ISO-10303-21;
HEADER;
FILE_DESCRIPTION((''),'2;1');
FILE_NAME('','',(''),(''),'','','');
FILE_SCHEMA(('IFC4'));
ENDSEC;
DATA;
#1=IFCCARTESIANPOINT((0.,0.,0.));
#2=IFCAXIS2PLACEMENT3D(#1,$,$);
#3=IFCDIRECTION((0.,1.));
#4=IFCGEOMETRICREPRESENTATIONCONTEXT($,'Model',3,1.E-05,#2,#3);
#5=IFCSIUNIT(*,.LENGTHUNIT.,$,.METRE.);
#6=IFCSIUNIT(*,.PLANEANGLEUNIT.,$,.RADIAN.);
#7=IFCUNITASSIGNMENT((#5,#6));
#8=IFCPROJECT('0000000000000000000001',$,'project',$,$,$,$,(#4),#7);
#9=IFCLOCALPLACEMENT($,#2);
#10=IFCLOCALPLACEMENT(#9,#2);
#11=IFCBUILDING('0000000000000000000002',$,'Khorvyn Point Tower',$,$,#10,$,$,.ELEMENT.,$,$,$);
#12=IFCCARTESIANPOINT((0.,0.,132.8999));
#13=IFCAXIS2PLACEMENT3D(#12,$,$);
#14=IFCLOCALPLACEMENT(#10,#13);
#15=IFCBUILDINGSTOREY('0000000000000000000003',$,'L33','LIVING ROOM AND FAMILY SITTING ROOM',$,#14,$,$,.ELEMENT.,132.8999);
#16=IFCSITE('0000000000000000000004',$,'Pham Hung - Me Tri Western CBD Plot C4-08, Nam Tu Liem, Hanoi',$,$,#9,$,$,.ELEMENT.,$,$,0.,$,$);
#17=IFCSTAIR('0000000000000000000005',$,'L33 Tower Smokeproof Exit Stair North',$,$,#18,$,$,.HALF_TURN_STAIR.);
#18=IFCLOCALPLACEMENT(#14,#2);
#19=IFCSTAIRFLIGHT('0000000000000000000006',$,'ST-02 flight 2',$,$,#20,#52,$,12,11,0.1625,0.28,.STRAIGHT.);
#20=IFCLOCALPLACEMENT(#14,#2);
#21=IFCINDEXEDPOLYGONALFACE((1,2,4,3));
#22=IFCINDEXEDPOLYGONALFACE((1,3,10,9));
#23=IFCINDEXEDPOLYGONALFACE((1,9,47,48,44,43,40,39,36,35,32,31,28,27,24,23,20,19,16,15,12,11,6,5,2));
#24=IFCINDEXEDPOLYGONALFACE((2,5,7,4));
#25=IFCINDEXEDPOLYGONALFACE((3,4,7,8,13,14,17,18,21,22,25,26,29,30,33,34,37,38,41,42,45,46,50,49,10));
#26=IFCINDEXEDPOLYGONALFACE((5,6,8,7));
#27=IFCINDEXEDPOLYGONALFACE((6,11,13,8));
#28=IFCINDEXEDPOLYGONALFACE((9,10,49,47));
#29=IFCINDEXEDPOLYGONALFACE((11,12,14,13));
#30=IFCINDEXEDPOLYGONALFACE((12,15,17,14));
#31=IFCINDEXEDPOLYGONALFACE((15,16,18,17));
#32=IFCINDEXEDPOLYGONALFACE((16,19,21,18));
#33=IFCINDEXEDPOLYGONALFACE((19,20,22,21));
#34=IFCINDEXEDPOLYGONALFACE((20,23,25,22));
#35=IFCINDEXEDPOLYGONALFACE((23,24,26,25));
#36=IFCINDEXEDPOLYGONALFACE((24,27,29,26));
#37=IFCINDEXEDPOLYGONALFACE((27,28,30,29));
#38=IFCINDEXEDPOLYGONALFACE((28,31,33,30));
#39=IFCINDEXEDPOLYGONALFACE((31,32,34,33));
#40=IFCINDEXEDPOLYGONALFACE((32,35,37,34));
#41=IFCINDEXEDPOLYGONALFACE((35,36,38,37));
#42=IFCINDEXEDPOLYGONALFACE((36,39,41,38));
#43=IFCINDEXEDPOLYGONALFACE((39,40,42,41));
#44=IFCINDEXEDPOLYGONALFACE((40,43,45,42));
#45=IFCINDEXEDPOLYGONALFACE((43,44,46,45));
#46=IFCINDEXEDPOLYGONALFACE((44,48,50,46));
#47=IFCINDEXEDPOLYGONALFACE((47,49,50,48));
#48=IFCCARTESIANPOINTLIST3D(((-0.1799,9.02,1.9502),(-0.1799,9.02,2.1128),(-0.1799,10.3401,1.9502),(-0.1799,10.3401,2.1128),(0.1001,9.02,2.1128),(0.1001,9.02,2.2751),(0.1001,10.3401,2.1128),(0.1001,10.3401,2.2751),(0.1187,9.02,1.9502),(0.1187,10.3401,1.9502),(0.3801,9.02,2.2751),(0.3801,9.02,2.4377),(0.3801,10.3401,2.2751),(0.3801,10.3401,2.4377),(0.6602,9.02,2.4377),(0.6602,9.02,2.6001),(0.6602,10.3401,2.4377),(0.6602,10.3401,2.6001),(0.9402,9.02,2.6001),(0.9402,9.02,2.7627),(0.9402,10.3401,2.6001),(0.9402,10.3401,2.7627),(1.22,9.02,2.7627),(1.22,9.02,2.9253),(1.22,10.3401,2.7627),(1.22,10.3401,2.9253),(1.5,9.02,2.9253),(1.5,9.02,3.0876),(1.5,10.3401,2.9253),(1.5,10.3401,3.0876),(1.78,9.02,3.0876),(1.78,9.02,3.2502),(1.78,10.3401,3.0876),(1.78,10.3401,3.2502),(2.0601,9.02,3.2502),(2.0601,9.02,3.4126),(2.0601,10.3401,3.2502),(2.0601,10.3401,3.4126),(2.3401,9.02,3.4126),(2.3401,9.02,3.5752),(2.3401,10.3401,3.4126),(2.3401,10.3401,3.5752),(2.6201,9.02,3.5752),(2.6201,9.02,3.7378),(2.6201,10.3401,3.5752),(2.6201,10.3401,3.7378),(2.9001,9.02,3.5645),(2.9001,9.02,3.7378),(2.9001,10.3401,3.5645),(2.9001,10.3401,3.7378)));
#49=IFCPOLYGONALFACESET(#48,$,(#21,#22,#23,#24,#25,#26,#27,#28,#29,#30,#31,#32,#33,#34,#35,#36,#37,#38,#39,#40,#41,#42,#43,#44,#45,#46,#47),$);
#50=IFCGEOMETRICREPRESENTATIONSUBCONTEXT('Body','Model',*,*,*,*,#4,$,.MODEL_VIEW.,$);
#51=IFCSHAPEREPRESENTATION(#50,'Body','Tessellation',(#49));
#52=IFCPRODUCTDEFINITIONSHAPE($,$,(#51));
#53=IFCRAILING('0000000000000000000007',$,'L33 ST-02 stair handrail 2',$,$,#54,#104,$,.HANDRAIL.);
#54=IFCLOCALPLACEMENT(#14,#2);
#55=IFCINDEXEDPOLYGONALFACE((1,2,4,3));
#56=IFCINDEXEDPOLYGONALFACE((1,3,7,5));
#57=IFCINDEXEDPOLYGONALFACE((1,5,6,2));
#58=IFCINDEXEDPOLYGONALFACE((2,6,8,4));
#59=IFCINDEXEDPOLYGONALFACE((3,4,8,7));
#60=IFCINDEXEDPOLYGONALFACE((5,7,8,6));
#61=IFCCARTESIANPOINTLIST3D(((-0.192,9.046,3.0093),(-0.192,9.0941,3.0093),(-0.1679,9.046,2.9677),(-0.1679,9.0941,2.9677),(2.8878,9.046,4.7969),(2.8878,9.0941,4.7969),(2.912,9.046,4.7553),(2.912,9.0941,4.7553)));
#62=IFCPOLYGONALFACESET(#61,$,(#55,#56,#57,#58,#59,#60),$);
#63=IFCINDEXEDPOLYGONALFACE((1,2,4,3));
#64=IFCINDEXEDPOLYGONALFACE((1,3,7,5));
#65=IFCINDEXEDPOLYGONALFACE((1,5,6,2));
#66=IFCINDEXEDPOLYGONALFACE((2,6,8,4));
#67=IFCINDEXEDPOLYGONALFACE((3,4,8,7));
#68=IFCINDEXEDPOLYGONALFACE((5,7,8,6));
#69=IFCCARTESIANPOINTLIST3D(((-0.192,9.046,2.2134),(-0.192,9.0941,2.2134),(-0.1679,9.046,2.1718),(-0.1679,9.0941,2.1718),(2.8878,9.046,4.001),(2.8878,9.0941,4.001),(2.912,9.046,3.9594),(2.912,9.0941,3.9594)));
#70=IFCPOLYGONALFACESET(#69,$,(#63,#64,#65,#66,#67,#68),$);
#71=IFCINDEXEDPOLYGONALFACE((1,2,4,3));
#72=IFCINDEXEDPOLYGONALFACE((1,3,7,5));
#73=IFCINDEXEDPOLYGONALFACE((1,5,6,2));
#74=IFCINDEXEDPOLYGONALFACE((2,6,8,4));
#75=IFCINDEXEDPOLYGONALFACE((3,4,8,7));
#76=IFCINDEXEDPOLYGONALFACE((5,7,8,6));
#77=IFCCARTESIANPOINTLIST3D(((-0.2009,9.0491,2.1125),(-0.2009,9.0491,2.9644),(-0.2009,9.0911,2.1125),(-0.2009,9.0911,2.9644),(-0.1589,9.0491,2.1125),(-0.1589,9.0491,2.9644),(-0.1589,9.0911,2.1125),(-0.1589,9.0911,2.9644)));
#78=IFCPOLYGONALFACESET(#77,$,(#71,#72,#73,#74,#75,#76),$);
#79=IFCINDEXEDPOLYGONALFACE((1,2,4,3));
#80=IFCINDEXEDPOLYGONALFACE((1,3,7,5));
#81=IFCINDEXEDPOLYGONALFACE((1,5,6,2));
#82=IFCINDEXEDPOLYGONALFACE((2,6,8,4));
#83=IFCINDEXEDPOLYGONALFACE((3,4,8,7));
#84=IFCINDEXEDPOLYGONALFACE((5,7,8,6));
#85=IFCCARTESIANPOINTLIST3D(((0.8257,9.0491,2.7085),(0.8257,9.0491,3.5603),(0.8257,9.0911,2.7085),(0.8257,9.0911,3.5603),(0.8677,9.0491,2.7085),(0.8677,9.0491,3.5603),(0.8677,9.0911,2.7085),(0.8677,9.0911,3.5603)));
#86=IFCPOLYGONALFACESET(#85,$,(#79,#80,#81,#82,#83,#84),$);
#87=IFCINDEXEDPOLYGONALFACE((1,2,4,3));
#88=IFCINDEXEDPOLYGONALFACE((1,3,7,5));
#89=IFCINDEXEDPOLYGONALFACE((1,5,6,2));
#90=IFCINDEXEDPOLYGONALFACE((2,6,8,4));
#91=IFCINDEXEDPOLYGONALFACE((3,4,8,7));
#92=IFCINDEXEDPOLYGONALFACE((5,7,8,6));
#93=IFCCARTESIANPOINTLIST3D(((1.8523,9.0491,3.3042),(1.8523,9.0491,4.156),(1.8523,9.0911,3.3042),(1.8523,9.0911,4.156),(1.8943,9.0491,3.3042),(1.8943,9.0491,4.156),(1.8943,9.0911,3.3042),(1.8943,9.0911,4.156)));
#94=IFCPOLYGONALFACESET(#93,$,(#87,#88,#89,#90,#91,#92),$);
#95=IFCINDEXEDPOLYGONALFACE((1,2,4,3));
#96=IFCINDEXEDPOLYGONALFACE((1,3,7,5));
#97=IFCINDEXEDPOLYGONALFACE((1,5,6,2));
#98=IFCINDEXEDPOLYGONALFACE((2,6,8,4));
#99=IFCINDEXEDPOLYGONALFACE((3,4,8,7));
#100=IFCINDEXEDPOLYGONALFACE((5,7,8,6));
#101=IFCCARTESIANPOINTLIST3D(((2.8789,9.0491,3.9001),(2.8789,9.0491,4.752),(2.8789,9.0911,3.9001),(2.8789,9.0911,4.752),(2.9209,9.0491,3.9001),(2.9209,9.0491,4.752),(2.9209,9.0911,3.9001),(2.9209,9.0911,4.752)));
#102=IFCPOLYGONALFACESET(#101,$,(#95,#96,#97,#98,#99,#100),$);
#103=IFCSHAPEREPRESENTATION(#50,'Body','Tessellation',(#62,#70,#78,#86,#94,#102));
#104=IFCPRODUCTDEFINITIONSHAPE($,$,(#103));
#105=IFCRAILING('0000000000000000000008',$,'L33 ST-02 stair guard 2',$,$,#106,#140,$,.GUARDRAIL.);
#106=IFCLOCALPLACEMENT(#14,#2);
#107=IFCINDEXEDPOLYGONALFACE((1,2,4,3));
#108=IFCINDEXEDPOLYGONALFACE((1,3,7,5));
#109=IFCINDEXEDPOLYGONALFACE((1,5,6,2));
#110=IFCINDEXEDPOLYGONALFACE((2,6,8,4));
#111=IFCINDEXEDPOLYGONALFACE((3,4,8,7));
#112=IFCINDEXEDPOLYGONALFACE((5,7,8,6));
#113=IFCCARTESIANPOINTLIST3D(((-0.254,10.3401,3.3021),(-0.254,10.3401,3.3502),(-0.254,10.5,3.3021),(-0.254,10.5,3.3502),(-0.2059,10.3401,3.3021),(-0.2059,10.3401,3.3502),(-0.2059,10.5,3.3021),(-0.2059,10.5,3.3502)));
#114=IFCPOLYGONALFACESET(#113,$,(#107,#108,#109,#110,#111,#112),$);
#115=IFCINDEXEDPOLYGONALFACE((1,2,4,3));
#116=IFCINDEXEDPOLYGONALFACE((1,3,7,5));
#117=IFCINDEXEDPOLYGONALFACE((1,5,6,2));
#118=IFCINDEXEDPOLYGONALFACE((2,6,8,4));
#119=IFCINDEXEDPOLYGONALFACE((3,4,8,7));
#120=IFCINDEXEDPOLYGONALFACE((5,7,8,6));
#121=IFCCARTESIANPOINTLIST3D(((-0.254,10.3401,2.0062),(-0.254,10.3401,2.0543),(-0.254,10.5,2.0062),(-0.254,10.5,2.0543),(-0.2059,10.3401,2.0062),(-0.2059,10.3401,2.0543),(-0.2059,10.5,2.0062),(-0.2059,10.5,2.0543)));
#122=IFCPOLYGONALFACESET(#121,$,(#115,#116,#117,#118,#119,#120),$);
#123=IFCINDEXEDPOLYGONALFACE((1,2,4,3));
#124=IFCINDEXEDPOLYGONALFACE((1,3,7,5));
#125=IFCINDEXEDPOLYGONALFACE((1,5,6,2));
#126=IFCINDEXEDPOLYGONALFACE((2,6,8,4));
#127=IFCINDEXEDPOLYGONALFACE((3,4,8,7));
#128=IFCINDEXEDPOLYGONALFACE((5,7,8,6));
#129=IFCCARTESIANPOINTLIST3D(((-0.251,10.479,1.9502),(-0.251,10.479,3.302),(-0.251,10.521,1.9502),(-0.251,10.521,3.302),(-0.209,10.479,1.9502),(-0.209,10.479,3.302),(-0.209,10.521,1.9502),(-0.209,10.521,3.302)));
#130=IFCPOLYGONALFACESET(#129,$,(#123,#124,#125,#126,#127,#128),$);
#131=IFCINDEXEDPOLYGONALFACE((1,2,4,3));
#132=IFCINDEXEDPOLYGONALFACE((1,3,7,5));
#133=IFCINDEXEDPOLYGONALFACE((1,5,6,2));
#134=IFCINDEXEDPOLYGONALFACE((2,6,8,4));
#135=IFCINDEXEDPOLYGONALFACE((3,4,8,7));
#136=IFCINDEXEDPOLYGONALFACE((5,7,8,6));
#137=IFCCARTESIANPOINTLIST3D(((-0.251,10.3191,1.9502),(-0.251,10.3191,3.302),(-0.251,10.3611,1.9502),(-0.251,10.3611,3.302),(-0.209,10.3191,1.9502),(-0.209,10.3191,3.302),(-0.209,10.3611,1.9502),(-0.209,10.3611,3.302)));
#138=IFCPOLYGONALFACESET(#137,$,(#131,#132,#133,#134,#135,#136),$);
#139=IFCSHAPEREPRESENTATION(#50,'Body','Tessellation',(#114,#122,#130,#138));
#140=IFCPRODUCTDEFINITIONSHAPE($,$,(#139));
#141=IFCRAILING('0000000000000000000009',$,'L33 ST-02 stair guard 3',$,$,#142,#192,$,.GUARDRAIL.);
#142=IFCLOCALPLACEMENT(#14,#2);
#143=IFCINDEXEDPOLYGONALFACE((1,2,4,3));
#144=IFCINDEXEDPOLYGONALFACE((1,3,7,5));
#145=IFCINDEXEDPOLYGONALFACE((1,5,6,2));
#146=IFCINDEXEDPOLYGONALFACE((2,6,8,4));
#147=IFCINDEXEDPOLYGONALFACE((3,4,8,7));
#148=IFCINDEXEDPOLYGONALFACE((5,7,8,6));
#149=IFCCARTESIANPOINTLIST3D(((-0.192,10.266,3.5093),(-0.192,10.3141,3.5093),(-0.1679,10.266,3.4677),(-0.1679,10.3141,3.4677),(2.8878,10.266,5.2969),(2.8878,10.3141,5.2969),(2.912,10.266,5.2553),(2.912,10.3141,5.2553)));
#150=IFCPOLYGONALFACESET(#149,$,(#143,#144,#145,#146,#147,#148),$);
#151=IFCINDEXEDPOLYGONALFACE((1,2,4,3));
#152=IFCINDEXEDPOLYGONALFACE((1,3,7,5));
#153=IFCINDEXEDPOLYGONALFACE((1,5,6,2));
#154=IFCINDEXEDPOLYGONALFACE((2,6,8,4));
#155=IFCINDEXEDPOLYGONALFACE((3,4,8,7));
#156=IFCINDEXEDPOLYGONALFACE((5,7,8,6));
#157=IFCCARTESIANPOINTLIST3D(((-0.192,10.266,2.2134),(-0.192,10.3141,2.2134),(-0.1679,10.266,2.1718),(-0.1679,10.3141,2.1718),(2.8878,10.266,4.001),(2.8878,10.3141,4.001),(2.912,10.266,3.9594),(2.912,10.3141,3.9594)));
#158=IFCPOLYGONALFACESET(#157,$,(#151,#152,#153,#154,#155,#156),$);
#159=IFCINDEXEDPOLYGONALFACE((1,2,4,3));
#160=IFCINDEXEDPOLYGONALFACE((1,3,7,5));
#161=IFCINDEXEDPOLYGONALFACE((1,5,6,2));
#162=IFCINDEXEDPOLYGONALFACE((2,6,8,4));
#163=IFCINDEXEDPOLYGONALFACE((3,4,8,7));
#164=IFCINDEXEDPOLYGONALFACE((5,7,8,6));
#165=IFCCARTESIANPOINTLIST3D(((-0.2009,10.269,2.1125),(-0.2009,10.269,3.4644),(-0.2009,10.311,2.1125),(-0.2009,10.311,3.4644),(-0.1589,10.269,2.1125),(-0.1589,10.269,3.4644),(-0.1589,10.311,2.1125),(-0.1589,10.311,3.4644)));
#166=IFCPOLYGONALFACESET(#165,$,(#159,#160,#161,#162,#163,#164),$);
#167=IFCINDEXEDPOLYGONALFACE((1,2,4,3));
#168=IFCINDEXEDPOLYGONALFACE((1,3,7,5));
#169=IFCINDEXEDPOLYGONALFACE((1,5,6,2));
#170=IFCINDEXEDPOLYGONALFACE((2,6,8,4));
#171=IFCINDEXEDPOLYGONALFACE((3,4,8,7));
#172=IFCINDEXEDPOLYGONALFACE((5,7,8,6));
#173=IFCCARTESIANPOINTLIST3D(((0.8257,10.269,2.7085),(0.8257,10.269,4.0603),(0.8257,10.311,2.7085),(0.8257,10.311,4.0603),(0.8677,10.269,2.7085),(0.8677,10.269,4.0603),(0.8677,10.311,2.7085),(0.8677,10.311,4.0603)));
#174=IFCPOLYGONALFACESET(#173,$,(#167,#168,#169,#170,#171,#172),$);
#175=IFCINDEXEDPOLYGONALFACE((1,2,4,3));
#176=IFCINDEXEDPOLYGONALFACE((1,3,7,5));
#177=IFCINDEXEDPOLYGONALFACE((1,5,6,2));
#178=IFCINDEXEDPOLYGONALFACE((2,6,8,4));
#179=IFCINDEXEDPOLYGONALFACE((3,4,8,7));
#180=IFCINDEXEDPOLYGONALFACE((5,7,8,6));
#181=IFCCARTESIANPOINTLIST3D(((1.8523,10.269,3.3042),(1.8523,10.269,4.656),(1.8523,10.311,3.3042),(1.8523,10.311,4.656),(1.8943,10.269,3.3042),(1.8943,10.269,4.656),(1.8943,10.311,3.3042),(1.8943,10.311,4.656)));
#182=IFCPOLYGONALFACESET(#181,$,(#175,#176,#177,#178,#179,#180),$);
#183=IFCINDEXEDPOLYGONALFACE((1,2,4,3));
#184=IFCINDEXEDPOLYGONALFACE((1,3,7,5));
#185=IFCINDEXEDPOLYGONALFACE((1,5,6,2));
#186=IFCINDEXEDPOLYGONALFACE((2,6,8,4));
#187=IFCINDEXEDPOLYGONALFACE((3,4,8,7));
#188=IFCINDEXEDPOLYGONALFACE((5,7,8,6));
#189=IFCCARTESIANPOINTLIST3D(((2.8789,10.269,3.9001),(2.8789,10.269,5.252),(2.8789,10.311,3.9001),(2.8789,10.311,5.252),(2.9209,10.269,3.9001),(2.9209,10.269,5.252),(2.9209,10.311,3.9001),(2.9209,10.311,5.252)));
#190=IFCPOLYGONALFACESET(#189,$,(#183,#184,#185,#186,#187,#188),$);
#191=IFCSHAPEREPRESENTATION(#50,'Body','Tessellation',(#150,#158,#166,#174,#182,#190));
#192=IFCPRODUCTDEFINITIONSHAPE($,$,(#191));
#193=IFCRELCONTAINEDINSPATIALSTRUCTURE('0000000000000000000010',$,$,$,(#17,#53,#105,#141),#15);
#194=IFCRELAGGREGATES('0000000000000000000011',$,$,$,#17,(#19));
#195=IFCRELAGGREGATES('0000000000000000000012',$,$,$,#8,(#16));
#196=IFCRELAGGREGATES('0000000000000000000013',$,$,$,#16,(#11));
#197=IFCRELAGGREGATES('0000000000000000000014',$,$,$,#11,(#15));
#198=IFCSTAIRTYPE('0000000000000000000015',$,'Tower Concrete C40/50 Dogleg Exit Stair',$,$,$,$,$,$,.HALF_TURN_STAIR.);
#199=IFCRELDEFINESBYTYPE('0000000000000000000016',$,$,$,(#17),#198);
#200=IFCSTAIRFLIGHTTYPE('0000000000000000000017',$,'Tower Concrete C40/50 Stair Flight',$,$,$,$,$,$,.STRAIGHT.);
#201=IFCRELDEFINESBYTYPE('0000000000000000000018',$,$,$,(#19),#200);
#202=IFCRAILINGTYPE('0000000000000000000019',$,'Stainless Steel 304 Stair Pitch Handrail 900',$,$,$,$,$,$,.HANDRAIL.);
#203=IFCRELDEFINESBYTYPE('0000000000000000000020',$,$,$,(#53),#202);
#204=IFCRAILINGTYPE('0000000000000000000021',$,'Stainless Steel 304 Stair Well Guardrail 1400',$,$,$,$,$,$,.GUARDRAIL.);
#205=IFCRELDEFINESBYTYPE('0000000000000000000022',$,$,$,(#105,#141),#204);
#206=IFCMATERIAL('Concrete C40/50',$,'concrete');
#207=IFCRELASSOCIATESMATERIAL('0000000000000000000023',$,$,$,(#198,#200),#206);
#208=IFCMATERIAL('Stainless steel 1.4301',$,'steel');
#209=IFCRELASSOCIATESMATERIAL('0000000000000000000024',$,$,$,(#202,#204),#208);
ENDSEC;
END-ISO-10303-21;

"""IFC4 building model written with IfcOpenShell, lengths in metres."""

from ifc_helpers import new_model, si_unit, direction, frame, origin, origin_2d, place, context, subcontext, project, spatial, polyline, rectangle, outline, extrude, material, type_object, element, aggregate, save


model = new_model("IFC4")

# Units and contexts
model_context = context("Model", 3, precision=1e-05, world=origin(), true_north=direction((0.0, 1.0)))
body_context = subcontext(model_context, "Body", "Model", "MODEL_VIEW")
ifc_project = project(units=[si_unit("LENGTHUNIT", "METRE"), si_unit("PLANEANGLEUNIT", "RADIAN")], contexts=[model_context])

# Site, building, storey
site_placement = place(None, origin())
site = spatial("IfcSite", under=ifc_project, at=site_placement, Name="Pham Hung - Me Tri Western CBD Plot C4-08, Nam Tu Liem, Hanoi", CompositionType="ELEMENT", RefElevation=0.0)
building_placement = place(site_placement, origin())
building = spatial("IfcBuilding", under=site, at=building_placement, Name="Khorvyn Point Tower", CompositionType="ELEMENT")
storey_placement = place(building_placement, frame((0.0, 0.0, 132.8999)))
storey = spatial("IfcBuildingStorey", under=building, at=storey_placement, Name="L33", Description="LIVING ROOM AND FAMILY SITTING ROOM", CompositionType="ELEMENT", Elevation=132.8999)

# Shared definitions
ifc_material_1 = material(Name="Concrete C40/50", Category="concrete")

# Shared definitions
ifc_material_2 = material(Name="Stainless steel 1.4301", Category="steel")

# Stair, stair flight
stair_type = type_object("IfcStairType", Name="Tower Concrete C40/50 Dogleg Exit Stair", PredefinedType="HALF_TURN_STAIR", material=ifc_material_1)
stair_placement = place(storey_placement, origin())
stair = element("IfcStair", 1, at=stair_placement, inside=storey, type_object=stair_type, Name="L33 Tower Smokeproof Exit Stair North", PredefinedType="HALF_TURN_STAIR")
stair_flight_type = type_object("IfcStairFlightType", Name="Tower Concrete C40/50 Stair Flight", PredefinedType="STRAIGHT", material=ifc_material_1)
stair_flight_placement = place(storey_placement, frame((-0.1799, 9.6799, 1.9502), z_axis=(0.0, 0.0, 1.0), x_axis=(1.0, 0.0, 0.0)))
stair_flight = element("IfcStairFlight", 2, at=stair_flight_placement, type_object=stair_flight_type, Name="ST-02 flight 2", NumberOfRisers=12, NumberOfTreads=11, PredefinedType="STRAIGHT", RiserHeight=0.1625, TreadLength=0.28, context=body_context, shape_type="SweptSolid", body=[
    extrude(outline(polyline([(0.0, 0.0), (0.0, 0.1626), (0.28, 0.1626), (0.28, 0.325), (0.5601, 0.325), (0.5601, 0.4875), (0.8401, 0.4875), (0.8401, 0.6499), (1.1201, 0.6499), (1.1201, 0.8125), (1.3999, 0.8125), (1.3999, 0.9751), (1.6799, 0.9751), (1.6799, 1.1375), (1.96, 1.1375), (1.96, 1.3), (2.24, 1.3), (2.24, 1.4624), (2.52, 1.4624), (2.52, 1.625), (2.8, 1.625), (2.8, 1.7876), (3.0801, 1.7876), (3.0801, 1.95), (3.0801, 1.6143), (0.2986, 0.0), (0.0, 0.0)])), frame((0.0, 0.6602, 0.0), z_axis=(0.0, -1.0, 0.0), x_axis=(1.0, 0.0, 0.0)), (0.0, 0.0, 1.0), 1.3201),
])
aggregate(stair, [stair_flight])

# Railings
railing_type_1 = type_object("IfcRailingType", Name="Stainless Steel 304 Stair Pitch Handrail 900", PredefinedType="HANDRAIL", material=ifc_material_2)
railing_1_placement = place(storey_placement, frame((-0.1799, 9.0701, 2.1125)))
element("IfcRailing", 3, at=railing_1_placement, inside=storey, type_object=railing_type_1, Name="L33 ST-02 stair handrail 2", PredefinedType="HANDRAIL", context=body_context, shape_type="SweptSolid", body=[
    extrude(rectangle(XDim=0.0481, YDim=0.0481, at=origin_2d()), frame((0.0, 0.0, 0.876), z_axis=(0.864873, 0.0, 0.50199), x_axis=(0.0, 1.0, 0.0)), (0.0, 0.0, 1.0), 3.561),
    extrude(rectangle(XDim=0.0481, YDim=0.0481, at=origin_2d()), frame((0.0, 0.0, 0.0801), z_axis=(0.864873, 0.0, 0.50199), x_axis=(0.0, 1.0, 0.0)), (0.0, 0.0, 1.0), 3.561),
    extrude(rectangle(XDim=0.042, YDim=0.042, at=origin_2d()), origin(), (0.0, 0.0, 1.0), 0.8518),
    extrude(rectangle(XDim=0.042, YDim=0.042, at=origin_2d()), frame((1.0266, 0.0, 0.5959)), (0.0, 0.0, 1.0), 0.8518),
    extrude(rectangle(XDim=0.042, YDim=0.042, at=origin_2d()), frame((2.0532, 0.0, 1.1917)), (0.0, 0.0, 1.0), 0.8518),
    extrude(rectangle(XDim=0.042, YDim=0.042, at=origin_2d()), frame((3.0798, 0.0, 1.7876)), (0.0, 0.0, 1.0), 0.8518),
])
railing_type_2 = type_object("IfcRailingType", Name="Stainless Steel 304 Stair Well Guardrail 1400", PredefinedType="GUARDRAIL", material=ifc_material_2)
railing_2_placement = place(storey_placement, frame((-0.23, 10.5, 1.9502)))
element("IfcRailing", 4, at=railing_2_placement, inside=storey, type_object=railing_type_2, Name="L33 ST-02 stair guard 2", PredefinedType="GUARDRAIL", context=body_context, shape_type="SweptSolid", body=[
    extrude(rectangle(XDim=0.0481, YDim=0.0481, at=origin_2d()), frame((0.0, 0.0, 1.376), z_axis=(0.0, -1.0, 0.0), x_axis=(1.0, 0.0, 0.0)), (0.0, 0.0, 1.0), 0.1599),
    extrude(rectangle(XDim=0.0481, YDim=0.0481, at=origin_2d()), frame((0.0, 0.0, 0.0801), z_axis=(0.0, -1.0, 0.0), x_axis=(1.0, 0.0, 0.0)), (0.0, 0.0, 1.0), 0.1599),
    extrude(rectangle(XDim=0.042, YDim=0.042, at=origin_2d()), origin(), (0.0, 0.0, 1.0), 1.3518),
    extrude(rectangle(XDim=0.042, YDim=0.042, at=origin_2d()), frame((0.0, -0.1599, 0.0)), (0.0, 0.0, 1.0), 1.3518),
])
railing_3_placement = place(storey_placement, frame((-0.1799, 10.29, 2.1125)))
element("IfcRailing", 5, at=railing_3_placement, inside=storey, type_object=railing_type_2, Name="L33 ST-02 stair guard 3", PredefinedType="GUARDRAIL", context=body_context, shape_type="SweptSolid", body=[
    extrude(rectangle(XDim=0.0481, YDim=0.0481, at=origin_2d()), frame((0.0, 0.0, 1.376), z_axis=(0.864873, 0.0, 0.50199), x_axis=(0.0, 1.0, 0.0)), (0.0, 0.0, 1.0), 3.561),
    extrude(rectangle(XDim=0.0481, YDim=0.0481, at=origin_2d()), frame((0.0, 0.0, 0.0801), z_axis=(0.864873, 0.0, 0.50199), x_axis=(0.0, 1.0, 0.0)), (0.0, 0.0, 1.0), 3.561),
    extrude(rectangle(XDim=0.042, YDim=0.042, at=origin_2d()), origin(), (0.0, 0.0, 1.0), 1.3518),
    extrude(rectangle(XDim=0.042, YDim=0.042, at=origin_2d()), frame((1.0266, 0.0, 0.5959)), (0.0, 0.0, 1.0), 1.3518),
    extrude(rectangle(XDim=0.042, YDim=0.042, at=origin_2d()), frame((2.0532, 0.0, 1.1917)), (0.0, 0.0, 1.0), 1.3518),
    extrude(rectangle(XDim=0.042, YDim=0.042, at=origin_2d()), frame((3.0798, 0.0, 1.7876)), (0.0, 0.0, 1.0), 1.3518),
])

save(model, "model.ifc")
